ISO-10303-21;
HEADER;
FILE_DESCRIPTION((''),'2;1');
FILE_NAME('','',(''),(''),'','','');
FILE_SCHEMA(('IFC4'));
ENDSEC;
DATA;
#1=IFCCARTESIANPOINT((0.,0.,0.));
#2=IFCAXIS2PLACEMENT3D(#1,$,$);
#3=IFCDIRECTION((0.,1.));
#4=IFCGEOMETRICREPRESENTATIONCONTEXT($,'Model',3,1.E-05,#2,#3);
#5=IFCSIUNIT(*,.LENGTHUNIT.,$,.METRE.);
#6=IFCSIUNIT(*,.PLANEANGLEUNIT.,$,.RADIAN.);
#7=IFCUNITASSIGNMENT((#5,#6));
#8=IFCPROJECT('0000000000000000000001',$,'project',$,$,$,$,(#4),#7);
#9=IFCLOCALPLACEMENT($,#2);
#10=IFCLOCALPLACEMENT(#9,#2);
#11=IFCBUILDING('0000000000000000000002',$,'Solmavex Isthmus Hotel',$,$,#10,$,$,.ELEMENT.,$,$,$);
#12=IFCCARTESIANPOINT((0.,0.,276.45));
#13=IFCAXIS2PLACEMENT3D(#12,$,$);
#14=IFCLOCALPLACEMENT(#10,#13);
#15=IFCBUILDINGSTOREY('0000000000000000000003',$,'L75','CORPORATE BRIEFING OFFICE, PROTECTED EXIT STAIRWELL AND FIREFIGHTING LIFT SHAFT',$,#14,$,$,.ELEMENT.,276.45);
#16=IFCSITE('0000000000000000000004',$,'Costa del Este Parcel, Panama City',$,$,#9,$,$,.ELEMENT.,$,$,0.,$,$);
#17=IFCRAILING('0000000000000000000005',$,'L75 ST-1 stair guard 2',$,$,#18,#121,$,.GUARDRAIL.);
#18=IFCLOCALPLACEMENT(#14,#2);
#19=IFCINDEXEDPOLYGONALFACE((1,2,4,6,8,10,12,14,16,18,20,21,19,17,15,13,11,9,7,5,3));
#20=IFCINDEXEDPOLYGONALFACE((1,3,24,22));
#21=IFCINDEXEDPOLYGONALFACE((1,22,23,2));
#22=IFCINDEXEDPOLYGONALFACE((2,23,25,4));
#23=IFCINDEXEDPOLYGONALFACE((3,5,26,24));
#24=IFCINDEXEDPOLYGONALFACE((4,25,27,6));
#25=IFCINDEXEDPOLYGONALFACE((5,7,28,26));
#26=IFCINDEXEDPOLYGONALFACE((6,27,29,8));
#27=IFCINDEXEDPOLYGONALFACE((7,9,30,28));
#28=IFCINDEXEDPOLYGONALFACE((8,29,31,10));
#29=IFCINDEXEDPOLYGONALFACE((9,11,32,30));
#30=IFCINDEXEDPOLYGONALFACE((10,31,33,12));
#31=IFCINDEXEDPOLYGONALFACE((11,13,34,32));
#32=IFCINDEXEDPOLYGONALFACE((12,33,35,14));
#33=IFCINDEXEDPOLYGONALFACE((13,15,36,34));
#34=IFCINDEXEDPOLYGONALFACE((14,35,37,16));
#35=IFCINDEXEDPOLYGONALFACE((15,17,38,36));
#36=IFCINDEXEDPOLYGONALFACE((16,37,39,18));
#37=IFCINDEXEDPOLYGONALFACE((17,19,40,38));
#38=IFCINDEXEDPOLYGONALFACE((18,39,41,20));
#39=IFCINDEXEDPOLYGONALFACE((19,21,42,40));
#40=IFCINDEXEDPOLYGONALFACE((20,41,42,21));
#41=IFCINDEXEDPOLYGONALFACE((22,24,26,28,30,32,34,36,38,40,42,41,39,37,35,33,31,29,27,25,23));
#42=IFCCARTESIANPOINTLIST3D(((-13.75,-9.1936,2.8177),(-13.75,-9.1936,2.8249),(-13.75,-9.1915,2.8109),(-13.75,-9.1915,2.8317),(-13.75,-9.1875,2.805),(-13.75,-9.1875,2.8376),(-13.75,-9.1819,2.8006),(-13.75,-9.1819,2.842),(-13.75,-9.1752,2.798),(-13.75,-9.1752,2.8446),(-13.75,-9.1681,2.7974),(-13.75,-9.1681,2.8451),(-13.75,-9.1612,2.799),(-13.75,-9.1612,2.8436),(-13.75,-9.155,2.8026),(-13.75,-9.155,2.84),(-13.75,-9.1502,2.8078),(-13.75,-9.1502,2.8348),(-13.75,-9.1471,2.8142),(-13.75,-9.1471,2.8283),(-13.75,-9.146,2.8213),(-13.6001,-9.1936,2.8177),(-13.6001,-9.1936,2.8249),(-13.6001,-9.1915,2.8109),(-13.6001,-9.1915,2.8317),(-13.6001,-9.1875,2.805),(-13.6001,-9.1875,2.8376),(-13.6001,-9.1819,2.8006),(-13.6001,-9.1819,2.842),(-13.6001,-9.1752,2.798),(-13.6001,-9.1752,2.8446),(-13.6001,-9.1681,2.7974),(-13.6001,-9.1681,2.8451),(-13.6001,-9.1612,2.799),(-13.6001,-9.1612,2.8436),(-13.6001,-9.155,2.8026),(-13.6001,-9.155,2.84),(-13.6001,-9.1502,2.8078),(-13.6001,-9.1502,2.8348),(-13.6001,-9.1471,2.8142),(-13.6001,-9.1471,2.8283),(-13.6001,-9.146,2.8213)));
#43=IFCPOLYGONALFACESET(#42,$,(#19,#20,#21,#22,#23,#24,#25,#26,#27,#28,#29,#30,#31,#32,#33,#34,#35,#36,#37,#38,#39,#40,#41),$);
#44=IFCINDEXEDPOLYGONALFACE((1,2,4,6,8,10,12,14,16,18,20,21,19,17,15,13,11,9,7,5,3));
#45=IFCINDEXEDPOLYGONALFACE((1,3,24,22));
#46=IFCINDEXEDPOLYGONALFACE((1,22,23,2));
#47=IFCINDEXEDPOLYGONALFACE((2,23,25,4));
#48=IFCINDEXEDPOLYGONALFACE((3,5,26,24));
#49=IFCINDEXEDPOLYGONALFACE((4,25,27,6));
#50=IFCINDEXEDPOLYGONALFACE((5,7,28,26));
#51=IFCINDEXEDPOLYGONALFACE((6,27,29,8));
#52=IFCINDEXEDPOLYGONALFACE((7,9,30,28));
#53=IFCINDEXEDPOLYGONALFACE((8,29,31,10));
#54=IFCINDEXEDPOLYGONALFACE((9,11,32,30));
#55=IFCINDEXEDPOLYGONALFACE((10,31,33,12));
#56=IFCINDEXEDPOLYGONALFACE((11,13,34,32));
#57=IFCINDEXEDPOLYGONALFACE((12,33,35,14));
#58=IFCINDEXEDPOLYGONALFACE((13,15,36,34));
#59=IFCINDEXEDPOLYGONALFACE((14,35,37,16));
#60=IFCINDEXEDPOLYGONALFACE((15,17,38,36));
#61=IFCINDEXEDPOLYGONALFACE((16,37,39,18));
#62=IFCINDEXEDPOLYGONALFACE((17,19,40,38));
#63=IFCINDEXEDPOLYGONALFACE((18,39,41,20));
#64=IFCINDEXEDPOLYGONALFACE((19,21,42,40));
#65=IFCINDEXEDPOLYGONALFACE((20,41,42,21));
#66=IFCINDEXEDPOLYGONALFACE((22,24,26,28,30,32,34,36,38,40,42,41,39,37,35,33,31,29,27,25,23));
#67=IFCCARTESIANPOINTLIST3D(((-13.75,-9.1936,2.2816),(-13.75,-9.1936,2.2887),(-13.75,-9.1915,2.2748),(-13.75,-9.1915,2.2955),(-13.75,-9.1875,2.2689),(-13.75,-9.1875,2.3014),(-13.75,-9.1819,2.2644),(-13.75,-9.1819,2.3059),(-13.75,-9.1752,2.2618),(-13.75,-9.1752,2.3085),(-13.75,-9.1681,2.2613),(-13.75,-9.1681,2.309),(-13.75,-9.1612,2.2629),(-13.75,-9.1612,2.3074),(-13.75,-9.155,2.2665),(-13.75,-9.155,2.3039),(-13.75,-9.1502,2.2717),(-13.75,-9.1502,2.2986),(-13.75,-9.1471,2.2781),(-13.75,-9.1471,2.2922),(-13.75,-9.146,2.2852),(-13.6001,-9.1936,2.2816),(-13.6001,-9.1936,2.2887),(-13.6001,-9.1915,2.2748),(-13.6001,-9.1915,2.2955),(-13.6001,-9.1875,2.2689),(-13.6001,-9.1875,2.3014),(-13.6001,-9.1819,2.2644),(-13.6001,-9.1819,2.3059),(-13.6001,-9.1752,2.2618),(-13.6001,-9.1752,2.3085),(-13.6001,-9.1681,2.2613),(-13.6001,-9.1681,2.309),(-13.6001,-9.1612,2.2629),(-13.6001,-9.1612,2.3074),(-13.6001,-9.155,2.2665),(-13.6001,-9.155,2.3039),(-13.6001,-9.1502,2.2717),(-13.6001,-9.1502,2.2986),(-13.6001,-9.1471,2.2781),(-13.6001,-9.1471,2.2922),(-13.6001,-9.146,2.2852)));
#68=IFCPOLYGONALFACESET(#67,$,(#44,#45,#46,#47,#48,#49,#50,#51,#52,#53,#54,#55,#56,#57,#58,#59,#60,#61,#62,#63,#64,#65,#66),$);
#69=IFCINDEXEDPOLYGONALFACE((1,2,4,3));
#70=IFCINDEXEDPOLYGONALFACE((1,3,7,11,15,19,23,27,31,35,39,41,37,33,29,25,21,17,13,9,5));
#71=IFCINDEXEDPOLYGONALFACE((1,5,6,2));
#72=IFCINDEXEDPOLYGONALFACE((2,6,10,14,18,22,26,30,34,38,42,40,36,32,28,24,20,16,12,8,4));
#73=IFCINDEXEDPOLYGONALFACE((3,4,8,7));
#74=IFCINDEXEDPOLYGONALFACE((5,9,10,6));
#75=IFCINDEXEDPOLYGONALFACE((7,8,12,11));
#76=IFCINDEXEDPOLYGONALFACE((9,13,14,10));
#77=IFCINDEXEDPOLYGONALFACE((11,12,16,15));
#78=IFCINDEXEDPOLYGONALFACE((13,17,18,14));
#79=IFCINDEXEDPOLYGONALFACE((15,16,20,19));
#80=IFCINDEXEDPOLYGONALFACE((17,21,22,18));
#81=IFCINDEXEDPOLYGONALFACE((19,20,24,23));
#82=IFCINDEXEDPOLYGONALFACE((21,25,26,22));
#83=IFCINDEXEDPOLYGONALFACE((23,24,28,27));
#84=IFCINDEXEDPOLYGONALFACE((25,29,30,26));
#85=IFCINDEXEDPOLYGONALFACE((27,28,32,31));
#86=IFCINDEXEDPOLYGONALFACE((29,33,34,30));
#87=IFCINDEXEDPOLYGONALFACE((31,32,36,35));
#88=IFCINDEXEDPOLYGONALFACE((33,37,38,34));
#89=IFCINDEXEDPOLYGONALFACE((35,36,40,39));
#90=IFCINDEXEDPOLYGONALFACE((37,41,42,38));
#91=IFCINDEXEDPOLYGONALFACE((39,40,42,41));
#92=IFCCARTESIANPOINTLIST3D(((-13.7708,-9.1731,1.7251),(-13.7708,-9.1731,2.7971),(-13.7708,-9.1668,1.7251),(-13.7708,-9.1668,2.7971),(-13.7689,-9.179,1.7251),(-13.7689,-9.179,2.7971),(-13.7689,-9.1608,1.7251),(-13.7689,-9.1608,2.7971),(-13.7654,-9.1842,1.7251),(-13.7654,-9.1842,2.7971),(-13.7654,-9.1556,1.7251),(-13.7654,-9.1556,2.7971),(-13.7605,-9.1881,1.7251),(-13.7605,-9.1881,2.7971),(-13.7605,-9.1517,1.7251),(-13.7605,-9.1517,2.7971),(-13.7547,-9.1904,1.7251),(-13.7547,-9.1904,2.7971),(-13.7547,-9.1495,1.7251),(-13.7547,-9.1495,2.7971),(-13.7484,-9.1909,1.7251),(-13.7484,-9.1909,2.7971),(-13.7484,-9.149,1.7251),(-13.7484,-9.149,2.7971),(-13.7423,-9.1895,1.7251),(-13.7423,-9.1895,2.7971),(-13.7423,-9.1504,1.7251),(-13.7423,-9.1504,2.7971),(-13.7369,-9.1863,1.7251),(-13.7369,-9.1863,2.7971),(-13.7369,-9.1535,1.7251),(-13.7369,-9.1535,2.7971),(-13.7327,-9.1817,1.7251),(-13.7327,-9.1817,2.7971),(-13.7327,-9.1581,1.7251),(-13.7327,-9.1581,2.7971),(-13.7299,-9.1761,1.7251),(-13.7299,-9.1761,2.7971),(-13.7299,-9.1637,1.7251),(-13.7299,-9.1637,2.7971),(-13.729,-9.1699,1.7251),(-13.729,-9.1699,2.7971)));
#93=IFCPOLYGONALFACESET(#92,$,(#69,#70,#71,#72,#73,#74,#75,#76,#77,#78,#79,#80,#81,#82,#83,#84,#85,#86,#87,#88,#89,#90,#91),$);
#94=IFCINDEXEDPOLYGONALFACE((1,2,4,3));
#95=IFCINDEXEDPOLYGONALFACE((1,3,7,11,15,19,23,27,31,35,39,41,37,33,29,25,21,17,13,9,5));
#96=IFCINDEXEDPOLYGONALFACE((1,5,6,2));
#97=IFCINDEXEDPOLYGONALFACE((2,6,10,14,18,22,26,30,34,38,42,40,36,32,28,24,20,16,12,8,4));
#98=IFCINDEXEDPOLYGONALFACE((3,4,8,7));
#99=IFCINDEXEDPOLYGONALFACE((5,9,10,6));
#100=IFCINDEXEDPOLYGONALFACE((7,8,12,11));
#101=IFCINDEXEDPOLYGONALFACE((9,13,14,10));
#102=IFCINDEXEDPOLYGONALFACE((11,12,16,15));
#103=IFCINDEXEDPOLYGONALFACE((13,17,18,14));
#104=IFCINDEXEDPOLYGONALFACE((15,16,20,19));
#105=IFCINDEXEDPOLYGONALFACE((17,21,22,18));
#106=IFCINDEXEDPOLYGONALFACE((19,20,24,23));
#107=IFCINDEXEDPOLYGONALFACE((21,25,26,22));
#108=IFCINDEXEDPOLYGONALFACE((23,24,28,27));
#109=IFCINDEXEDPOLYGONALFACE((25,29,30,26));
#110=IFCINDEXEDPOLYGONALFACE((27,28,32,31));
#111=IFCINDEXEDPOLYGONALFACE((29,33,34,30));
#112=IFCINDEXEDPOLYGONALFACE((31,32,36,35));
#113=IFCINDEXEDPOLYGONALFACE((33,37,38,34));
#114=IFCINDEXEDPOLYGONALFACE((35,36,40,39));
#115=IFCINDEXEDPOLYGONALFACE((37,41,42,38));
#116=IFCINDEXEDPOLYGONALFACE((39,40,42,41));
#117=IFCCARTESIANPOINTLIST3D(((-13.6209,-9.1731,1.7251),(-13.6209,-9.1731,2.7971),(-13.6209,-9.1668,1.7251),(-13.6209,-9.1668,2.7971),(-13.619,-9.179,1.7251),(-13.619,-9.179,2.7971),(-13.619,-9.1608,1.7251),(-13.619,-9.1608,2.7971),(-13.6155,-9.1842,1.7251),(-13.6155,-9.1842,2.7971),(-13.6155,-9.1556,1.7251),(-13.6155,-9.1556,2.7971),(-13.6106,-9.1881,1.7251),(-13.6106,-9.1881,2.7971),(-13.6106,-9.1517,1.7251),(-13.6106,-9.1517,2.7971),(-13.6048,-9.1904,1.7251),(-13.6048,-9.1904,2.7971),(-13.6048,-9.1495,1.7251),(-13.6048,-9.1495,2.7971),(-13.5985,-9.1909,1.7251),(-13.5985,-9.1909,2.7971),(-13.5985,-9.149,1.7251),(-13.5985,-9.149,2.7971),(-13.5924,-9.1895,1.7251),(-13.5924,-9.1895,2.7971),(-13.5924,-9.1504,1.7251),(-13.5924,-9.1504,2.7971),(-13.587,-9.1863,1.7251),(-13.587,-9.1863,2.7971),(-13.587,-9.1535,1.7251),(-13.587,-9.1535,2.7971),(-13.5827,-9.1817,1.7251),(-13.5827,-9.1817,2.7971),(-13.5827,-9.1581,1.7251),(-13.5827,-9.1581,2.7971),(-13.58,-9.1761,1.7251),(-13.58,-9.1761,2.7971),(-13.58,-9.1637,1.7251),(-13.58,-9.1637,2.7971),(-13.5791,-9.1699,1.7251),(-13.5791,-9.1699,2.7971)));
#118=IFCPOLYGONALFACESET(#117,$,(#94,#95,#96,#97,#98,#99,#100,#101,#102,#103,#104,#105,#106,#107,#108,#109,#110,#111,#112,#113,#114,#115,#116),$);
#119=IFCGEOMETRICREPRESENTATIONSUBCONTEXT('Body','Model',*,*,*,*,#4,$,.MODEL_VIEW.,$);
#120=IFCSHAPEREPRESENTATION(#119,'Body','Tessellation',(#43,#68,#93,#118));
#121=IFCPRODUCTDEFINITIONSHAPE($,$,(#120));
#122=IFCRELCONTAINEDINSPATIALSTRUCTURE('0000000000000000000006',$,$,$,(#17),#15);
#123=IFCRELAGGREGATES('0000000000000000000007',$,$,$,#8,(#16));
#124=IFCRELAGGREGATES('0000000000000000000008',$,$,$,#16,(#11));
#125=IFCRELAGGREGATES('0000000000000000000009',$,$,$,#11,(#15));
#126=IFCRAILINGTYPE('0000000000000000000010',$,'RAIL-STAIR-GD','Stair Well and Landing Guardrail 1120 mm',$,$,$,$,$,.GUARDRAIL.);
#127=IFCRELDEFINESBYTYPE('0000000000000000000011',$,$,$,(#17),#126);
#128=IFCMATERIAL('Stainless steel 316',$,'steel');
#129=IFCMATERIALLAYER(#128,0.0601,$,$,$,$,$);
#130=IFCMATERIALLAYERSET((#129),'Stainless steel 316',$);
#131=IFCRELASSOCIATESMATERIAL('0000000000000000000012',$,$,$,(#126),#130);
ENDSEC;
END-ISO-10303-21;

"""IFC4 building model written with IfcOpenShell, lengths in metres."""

from ifc_helpers import new_model, si_unit, direction, frame, origin, origin_2d, place, context, subcontext, project, spatial, circle, extrude, material, layer, layer_set, type_object, element, save


model = new_model("IFC4")

# Units and contexts
model_context = context("Model", 3, precision=1e-05, world=origin(), true_north=direction((0.0, 1.0)))
body_context = subcontext(model_context, "Body", "Model", "MODEL_VIEW")
ifc_project = project(units=[si_unit("LENGTHUNIT", "METRE"), si_unit("PLANEANGLEUNIT", "RADIAN")], contexts=[model_context])

# Site, building, storey
site_placement = place(None, origin())
site = spatial("IfcSite", under=ifc_project, at=site_placement, Name="Costa del Este Parcel, Panama City", CompositionType="ELEMENT", RefElevation=0.0)
building_placement = place(site_placement, origin())
building = spatial("IfcBuilding", under=site, at=building_placement, Name="Solmavex Isthmus Hotel", CompositionType="ELEMENT")
storey_placement = place(building_placement, frame((0.0, 0.0, 276.45)))
storey = spatial("IfcBuildingStorey", under=building, at=storey_placement, Name="L75", Description="CORPORATE BRIEFING OFFICE, PROTECTED EXIT STAIRWELL AND FIREFIGHTING LIFT SHAFT", CompositionType="ELEMENT", Elevation=276.45)

# Shared definitions
ifc_material_1 = material(Name="Stainless steel 316", Category="steel")

# Railing
ifc_layer_1 = layer(ifc_material_1, 0.0601)
ifc_layer_set_1 = layer_set([ifc_layer_1], Name="Stainless steel 316")
railing_type_1 = type_object("IfcRailingType", Name="RAIL-STAIR-GD", Description="Stair Well and Landing Guardrail 1120 mm", PredefinedType="GUARDRAIL", material=ifc_layer_set_1)
railing_1_placement = place(storey_placement, frame((-13.75, -9.1699, 1.7251)))
element("IfcRailing", 1, at=railing_1_placement, inside=storey, type_object=railing_type_1, Name="L75 ST-1 stair guard 2", PredefinedType="GUARDRAIL", context=body_context, shape_type="SweptSolid", body=[
    extrude(circle(Radius=0.0239, at=origin_2d()), frame((0.0, 0.0, 1.0962), z_axis=(1.0, 0.0, 0.0), x_axis=(0.0, 1.0, 0.0)), (0.0, 0.0, 1.0), 0.1499),
    extrude(circle(Radius=0.0239, at=origin_2d()), frame((0.0, 0.0, 0.5601), z_axis=(1.0, 0.0, 0.0), x_axis=(0.0, 1.0, 0.0)), (0.0, 0.0, 1.0), 0.1499),
    extrude(circle(Radius=0.021, at=origin_2d()), origin(), (0.0, 0.0, 1.0), 1.072),
    extrude(circle(Radius=0.021, at=origin_2d()), frame((0.1499, 0.0, 0.0)), (0.0, 0.0, 1.0), 1.072),
])

save(model, "model.ifc")
